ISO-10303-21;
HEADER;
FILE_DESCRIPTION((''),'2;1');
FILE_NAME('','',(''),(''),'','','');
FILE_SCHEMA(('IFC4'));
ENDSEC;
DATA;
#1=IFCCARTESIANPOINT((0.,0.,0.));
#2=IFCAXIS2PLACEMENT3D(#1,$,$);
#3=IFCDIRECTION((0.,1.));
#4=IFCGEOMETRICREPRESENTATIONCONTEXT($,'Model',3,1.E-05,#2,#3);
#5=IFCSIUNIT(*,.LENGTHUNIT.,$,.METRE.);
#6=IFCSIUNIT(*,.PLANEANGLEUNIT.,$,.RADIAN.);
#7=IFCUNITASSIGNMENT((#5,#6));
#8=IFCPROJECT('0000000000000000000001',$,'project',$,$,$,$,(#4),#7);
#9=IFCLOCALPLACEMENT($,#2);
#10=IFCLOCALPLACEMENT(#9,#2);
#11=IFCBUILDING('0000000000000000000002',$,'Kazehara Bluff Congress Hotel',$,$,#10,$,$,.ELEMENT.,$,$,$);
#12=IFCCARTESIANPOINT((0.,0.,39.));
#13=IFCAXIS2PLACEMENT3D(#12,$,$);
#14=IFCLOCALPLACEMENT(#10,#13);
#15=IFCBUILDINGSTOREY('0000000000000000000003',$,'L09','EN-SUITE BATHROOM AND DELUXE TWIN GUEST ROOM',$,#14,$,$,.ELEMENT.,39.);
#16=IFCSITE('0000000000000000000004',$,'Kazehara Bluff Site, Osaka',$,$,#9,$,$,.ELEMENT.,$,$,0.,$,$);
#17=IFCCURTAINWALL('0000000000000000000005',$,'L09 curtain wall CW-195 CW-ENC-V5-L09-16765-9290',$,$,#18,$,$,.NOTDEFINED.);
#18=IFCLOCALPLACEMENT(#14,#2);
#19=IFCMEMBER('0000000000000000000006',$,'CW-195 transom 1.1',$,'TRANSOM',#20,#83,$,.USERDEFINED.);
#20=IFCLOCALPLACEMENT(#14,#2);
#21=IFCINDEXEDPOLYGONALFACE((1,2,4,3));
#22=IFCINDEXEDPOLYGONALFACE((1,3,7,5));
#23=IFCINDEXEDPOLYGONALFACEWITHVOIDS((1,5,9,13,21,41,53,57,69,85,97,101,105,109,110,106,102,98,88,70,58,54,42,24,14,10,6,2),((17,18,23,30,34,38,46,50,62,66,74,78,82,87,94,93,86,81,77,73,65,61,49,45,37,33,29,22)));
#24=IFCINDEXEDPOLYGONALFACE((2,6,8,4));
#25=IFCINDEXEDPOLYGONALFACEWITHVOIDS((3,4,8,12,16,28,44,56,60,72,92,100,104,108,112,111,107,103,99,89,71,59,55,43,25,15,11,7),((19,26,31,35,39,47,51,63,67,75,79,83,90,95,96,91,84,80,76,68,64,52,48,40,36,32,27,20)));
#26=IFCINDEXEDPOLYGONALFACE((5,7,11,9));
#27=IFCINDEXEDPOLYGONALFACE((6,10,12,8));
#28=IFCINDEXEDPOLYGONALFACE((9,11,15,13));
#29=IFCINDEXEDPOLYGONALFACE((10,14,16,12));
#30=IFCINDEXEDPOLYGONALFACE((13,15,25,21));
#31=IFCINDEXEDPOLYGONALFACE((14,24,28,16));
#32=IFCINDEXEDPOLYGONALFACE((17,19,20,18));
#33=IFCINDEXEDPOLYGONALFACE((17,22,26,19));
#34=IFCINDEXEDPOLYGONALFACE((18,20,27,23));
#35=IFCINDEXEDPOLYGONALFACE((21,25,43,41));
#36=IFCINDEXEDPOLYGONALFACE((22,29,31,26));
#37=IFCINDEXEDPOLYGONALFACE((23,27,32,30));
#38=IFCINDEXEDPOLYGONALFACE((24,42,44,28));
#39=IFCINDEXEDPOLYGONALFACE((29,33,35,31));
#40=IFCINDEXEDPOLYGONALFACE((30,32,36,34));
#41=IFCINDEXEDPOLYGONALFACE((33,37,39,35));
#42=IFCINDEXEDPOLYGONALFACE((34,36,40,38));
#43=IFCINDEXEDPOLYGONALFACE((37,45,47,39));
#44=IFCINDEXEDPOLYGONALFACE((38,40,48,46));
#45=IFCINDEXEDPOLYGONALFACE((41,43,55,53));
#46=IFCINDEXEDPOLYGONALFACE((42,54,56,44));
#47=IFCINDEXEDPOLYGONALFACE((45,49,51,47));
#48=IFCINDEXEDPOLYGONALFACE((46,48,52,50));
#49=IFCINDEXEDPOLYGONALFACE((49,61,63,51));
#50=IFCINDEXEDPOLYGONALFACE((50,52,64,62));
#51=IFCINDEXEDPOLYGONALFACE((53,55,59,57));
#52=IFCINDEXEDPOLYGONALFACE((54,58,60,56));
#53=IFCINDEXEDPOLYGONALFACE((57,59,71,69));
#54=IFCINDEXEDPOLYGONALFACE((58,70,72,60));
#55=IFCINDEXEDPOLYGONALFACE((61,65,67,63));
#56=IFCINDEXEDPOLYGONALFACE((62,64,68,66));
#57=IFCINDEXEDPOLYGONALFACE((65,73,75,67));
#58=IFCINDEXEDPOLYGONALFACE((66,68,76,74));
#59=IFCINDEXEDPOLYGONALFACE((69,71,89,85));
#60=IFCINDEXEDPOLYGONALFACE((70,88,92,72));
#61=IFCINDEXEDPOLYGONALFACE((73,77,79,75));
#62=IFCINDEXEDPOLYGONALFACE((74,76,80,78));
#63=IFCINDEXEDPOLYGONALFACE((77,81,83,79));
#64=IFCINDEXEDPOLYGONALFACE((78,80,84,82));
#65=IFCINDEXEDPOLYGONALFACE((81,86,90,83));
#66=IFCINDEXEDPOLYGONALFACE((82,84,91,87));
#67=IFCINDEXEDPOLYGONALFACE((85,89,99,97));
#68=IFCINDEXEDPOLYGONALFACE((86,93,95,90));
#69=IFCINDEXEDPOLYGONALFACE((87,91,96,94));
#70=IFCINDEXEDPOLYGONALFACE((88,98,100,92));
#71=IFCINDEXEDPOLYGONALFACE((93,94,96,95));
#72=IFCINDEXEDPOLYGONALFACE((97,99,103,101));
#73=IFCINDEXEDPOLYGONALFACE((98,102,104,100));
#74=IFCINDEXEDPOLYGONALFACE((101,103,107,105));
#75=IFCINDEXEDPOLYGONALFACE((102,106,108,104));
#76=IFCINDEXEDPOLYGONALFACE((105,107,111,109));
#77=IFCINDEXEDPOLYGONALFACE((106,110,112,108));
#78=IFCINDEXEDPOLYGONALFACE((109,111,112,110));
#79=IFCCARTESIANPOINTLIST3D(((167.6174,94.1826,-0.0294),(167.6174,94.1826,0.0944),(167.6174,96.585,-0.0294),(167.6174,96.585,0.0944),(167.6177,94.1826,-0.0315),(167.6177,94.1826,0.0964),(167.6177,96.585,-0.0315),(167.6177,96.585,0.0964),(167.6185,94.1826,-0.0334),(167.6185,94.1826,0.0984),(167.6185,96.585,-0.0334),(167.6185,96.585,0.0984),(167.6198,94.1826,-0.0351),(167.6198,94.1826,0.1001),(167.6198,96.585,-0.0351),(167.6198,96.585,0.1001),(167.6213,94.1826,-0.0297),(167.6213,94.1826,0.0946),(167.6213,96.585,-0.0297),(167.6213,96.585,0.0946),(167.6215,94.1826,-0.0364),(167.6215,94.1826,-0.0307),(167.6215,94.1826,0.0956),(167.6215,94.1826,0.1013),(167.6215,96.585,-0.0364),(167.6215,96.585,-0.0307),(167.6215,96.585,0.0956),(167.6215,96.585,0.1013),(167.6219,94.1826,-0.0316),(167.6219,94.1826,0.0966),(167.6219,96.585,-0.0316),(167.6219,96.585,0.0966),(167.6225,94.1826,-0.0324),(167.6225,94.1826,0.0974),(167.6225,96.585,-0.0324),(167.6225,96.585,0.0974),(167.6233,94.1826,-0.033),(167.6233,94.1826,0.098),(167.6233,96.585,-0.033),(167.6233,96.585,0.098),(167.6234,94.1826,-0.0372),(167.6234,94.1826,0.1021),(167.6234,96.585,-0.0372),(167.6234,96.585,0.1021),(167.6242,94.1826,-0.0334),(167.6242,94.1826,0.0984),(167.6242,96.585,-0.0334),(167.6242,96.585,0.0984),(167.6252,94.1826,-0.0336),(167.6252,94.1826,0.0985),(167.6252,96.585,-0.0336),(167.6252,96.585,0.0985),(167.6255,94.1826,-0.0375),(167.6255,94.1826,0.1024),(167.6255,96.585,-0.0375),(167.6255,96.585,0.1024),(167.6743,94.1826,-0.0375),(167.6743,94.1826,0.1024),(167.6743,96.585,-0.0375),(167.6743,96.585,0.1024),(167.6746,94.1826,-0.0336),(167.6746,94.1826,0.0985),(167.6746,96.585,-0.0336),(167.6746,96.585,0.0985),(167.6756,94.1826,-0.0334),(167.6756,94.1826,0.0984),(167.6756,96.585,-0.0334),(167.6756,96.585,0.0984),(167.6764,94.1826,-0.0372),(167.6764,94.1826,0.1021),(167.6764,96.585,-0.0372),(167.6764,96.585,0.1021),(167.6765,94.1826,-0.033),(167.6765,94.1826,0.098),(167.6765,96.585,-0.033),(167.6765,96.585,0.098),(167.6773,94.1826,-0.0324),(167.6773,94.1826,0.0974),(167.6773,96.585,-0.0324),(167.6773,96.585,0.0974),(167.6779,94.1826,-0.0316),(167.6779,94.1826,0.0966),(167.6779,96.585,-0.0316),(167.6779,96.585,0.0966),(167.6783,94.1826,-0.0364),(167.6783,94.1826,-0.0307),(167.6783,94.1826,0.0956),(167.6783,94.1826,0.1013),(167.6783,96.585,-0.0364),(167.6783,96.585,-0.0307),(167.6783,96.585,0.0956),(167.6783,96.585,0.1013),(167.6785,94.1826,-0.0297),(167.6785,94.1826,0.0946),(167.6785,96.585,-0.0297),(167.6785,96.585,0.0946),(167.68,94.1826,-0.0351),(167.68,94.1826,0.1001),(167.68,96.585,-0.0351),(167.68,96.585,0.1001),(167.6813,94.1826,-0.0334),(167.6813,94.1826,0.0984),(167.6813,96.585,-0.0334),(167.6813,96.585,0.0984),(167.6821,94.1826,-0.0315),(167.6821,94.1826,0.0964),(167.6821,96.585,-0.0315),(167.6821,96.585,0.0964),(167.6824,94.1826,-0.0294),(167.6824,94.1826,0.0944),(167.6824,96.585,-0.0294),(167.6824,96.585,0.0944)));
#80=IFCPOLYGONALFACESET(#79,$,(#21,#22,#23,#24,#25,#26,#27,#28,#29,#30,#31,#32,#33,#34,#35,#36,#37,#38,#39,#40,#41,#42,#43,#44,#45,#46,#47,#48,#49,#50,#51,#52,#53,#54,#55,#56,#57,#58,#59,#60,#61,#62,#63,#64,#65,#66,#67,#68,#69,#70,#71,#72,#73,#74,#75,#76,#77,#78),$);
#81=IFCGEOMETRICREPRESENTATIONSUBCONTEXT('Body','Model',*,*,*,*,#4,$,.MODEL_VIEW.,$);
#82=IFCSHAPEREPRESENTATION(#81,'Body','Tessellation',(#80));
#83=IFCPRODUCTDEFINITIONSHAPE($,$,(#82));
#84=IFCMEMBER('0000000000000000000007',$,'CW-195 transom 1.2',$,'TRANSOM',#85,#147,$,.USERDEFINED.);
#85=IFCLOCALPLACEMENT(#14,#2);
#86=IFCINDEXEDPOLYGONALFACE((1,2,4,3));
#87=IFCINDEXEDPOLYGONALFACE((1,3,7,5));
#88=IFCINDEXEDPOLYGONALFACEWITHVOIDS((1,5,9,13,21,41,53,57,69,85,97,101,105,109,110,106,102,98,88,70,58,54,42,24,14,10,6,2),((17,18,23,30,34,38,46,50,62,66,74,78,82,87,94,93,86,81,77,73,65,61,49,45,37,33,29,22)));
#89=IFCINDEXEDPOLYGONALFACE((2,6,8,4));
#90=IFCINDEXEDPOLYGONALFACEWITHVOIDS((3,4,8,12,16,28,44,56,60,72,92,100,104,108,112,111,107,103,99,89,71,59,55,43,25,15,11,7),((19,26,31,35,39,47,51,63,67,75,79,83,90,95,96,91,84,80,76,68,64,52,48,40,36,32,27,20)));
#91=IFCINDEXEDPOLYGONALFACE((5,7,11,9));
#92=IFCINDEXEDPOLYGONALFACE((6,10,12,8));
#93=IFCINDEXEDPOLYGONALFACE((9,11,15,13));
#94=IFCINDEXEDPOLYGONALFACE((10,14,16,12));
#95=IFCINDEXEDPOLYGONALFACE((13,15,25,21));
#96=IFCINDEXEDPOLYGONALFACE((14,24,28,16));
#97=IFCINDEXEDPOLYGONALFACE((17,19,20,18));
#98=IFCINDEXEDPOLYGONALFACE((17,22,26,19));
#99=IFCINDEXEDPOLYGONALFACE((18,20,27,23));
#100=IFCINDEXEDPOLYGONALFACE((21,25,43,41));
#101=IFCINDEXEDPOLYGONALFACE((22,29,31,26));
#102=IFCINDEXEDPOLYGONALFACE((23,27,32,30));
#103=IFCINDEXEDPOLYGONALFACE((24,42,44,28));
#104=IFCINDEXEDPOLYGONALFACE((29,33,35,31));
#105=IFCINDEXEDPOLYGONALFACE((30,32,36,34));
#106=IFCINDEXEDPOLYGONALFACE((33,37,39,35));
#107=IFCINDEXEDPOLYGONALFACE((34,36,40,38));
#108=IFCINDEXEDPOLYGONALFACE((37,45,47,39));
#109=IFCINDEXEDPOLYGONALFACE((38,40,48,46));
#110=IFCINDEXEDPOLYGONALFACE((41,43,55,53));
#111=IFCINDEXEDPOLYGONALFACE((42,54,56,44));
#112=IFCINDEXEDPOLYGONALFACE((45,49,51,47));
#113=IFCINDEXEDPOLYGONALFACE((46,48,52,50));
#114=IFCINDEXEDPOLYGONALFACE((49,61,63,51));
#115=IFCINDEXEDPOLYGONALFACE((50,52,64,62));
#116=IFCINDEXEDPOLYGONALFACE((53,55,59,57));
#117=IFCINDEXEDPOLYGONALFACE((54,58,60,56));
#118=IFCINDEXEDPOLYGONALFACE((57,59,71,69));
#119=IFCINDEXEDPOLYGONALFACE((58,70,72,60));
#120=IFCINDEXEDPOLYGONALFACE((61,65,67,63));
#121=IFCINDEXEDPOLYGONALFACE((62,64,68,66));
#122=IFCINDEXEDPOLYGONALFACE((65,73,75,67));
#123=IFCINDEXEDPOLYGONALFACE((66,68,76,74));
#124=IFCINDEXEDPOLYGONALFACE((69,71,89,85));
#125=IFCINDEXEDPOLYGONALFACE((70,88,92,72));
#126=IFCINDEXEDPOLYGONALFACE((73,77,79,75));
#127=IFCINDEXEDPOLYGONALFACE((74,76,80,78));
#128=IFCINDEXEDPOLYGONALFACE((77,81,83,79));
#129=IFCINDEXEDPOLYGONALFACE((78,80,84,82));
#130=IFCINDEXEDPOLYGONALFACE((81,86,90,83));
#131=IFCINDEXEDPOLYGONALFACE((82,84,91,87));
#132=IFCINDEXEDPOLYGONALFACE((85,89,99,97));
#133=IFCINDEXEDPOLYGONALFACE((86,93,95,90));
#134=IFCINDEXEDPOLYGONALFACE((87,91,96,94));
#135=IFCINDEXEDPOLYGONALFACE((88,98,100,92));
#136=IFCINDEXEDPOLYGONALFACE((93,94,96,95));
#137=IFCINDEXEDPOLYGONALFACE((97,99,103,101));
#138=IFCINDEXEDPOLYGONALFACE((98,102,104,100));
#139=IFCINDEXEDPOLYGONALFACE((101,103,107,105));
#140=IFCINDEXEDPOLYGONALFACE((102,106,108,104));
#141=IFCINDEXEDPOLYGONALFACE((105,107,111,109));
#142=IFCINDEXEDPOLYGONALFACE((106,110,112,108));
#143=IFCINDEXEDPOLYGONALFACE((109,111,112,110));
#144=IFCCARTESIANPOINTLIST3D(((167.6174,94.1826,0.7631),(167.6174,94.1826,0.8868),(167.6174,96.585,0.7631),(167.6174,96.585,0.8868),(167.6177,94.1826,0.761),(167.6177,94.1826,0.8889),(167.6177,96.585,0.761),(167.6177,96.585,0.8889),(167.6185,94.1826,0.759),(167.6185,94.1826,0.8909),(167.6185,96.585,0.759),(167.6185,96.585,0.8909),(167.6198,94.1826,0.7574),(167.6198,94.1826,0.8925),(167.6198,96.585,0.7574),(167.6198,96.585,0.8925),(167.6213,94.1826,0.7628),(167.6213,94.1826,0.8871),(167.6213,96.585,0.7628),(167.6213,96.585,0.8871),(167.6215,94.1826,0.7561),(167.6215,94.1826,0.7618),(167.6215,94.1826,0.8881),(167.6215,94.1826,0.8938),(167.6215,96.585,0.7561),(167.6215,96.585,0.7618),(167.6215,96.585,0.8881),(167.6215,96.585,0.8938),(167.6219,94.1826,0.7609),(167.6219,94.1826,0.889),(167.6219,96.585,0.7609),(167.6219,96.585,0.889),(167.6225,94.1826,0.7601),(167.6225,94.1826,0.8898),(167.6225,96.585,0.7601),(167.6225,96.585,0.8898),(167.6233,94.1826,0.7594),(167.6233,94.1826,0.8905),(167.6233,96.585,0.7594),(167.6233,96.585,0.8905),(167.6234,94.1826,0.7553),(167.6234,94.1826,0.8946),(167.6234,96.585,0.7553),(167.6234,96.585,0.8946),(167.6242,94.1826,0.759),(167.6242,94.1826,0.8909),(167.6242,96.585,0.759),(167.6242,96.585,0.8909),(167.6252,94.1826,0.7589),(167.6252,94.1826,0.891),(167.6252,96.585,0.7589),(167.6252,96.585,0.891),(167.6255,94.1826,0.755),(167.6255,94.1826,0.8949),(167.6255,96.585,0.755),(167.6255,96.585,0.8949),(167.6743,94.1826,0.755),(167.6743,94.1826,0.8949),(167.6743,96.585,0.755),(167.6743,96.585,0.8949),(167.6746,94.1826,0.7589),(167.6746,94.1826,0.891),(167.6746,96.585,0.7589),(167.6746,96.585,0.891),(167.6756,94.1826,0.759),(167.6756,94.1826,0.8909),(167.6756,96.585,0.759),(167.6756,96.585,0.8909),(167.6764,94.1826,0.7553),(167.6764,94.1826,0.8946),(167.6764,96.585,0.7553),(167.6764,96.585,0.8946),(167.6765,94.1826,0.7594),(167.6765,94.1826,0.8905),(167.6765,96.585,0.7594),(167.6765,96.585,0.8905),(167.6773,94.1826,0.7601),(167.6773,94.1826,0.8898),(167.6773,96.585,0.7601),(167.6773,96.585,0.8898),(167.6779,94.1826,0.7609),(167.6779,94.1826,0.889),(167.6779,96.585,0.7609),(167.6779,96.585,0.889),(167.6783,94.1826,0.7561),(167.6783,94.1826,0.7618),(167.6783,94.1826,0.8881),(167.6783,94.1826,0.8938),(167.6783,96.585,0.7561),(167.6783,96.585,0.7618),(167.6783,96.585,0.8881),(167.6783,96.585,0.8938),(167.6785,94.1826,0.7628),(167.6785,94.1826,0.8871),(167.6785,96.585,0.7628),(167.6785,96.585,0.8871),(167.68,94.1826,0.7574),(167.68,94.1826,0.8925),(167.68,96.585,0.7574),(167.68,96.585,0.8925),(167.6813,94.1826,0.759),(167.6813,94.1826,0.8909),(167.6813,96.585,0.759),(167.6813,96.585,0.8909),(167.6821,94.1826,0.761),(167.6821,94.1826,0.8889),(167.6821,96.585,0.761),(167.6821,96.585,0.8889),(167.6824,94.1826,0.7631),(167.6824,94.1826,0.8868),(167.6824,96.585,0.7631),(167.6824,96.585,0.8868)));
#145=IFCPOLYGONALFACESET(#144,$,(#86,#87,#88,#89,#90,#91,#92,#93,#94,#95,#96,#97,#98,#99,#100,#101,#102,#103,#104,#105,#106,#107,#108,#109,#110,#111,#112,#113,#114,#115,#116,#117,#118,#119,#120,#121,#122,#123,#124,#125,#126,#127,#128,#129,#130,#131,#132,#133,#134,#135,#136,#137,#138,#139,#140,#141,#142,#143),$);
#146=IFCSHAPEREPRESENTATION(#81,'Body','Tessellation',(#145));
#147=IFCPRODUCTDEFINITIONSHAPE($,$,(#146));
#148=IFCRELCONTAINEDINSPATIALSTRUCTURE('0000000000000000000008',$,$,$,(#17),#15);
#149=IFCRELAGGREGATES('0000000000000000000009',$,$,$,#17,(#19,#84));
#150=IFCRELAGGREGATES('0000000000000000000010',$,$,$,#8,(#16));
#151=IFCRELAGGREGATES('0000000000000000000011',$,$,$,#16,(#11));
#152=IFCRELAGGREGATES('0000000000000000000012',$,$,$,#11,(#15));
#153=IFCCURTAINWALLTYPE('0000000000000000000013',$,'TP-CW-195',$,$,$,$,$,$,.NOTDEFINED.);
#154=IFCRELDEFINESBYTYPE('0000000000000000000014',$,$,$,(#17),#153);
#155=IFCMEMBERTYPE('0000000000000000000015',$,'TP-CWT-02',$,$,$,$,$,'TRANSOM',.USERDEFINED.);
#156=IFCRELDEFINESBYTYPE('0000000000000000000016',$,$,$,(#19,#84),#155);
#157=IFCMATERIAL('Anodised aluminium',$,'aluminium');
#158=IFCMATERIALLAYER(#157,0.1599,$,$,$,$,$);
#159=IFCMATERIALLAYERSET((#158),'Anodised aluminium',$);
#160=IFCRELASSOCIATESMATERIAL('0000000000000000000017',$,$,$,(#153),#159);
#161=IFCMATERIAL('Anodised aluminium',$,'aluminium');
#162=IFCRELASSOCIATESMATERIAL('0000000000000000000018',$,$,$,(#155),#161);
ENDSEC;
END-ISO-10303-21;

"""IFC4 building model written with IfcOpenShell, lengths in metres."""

from ifc_helpers import new_model, si_unit, direction, frame, origin, origin_2d, place, context, subcontext, project, spatial, hollow_rectangle, extrude, material, layer, layer_set, material_profile, profile_set, type_object, element, aggregate, save


model = new_model("IFC4")

# Units and contexts
model_context = context("Model", 3, precision=1e-05, world=origin(), true_north=direction((0.0, 1.0)))
body_context = subcontext(model_context, "Body", "Model", "MODEL_VIEW")
ifc_project = project(units=[si_unit("LENGTHUNIT", "METRE"), si_unit("PLANEANGLEUNIT", "RADIAN")], contexts=[model_context])

# Site, building, storey
site_placement = place(None, origin())
site = spatial("IfcSite", under=ifc_project, at=site_placement, Name="Kazehara Bluff Site, Osaka", CompositionType="ELEMENT", RefElevation=0.0)
building_placement = place(site_placement, origin())
building = spatial("IfcBuilding", under=site, at=building_placement, Name="Kazehara Bluff Congress Hotel", CompositionType="ELEMENT")
storey_placement = place(building_placement, frame((0.0, 0.0, 39.0)))
storey = spatial("IfcBuildingStorey", under=building, at=storey_placement, Name="L09", Description="EN-SUITE BATHROOM AND DELUXE TWIN GUEST ROOM", CompositionType="ELEMENT", Elevation=39.0)

# Curtain wall
ifc_material_1 = material(Name="Anodised aluminium", Category="aluminium")
ifc_layer_1 = layer(ifc_material_1, 0.1599)
ifc_layer_set_1 = layer_set([ifc_layer_1], Name="Anodised aluminium")
curtain_wall_type_1 = type_object("IfcCurtainWallType", Name="TP-CW-195", PredefinedType="NOTDEFINED", material=ifc_layer_set_1)
curtain_wall_1_placement = place(storey_placement, origin())
curtain_wall_1 = element("IfcCurtainWall", 1, at=curtain_wall_1_placement, inside=storey, type_object=curtain_wall_type_1, Name="L09 curtain wall CW-195 CW-ENC-V5-L09-16765-9290", PredefinedType="NOTDEFINED")

# Members
ifc_material_2 = material(Name="Anodised aluminium", Category="aluminium")
ifc_material_profile_1 = material_profile(ifc_material_2, hollow_rectangle(XDim=0.0649, YDim=0.1399, WallThickness=0.0039, InnerFilletRadius=0.0039, OuterFilletRadius=0.0081, at=origin_2d()))
ifc_profile_set_1 = profile_set([ifc_material_profile_1], Name="Anodised aluminium")
member_type_1 = type_object("IfcMemberType", Name="TP-CWT-02", ElementType="TRANSOM", PredefinedType="USERDEFINED", material=ifc_profile_set_1)
member_1_placement = place(storey_placement, frame((167.6499, 96.585, 0.0325), z_axis=(0.0, -1.0, 0.0), x_axis=(1.0, 0.0, 0.0)))
member_1 = element("IfcMember", 2, at=member_1_placement, type_object=member_type_1, Name="CW-195 transom 1.1", ObjectType="TRANSOM", PredefinedType="USERDEFINED", context=body_context, shape_type="SweptSolid", body=[
    extrude(hollow_rectangle(XDim=0.0649, YDim=0.1399, WallThickness=0.0039, InnerFilletRadius=0.0039, OuterFilletRadius=0.0081, at=origin_2d()), origin(), (0.0, 0.0, 1.0), 2.4023),
])
member_2_placement = place(storey_placement, frame((167.6499, 96.585, 0.825), z_axis=(0.0, -1.0, 0.0), x_axis=(1.0, 0.0, 0.0)))
member_2 = element("IfcMember", 3, at=member_2_placement, type_object=member_type_1, Name="CW-195 transom 1.2", ObjectType="TRANSOM", PredefinedType="USERDEFINED", context=body_context, shape_type="SweptSolid", body=[
    extrude(hollow_rectangle(XDim=0.0649, YDim=0.1399, WallThickness=0.0039, InnerFilletRadius=0.0039, OuterFilletRadius=0.0081, at=origin_2d()), origin(), (0.0, 0.0, 1.0), 2.4023),
])

aggregate(curtain_wall_1, [member_1, member_2])

save(model, "model.ifc")
